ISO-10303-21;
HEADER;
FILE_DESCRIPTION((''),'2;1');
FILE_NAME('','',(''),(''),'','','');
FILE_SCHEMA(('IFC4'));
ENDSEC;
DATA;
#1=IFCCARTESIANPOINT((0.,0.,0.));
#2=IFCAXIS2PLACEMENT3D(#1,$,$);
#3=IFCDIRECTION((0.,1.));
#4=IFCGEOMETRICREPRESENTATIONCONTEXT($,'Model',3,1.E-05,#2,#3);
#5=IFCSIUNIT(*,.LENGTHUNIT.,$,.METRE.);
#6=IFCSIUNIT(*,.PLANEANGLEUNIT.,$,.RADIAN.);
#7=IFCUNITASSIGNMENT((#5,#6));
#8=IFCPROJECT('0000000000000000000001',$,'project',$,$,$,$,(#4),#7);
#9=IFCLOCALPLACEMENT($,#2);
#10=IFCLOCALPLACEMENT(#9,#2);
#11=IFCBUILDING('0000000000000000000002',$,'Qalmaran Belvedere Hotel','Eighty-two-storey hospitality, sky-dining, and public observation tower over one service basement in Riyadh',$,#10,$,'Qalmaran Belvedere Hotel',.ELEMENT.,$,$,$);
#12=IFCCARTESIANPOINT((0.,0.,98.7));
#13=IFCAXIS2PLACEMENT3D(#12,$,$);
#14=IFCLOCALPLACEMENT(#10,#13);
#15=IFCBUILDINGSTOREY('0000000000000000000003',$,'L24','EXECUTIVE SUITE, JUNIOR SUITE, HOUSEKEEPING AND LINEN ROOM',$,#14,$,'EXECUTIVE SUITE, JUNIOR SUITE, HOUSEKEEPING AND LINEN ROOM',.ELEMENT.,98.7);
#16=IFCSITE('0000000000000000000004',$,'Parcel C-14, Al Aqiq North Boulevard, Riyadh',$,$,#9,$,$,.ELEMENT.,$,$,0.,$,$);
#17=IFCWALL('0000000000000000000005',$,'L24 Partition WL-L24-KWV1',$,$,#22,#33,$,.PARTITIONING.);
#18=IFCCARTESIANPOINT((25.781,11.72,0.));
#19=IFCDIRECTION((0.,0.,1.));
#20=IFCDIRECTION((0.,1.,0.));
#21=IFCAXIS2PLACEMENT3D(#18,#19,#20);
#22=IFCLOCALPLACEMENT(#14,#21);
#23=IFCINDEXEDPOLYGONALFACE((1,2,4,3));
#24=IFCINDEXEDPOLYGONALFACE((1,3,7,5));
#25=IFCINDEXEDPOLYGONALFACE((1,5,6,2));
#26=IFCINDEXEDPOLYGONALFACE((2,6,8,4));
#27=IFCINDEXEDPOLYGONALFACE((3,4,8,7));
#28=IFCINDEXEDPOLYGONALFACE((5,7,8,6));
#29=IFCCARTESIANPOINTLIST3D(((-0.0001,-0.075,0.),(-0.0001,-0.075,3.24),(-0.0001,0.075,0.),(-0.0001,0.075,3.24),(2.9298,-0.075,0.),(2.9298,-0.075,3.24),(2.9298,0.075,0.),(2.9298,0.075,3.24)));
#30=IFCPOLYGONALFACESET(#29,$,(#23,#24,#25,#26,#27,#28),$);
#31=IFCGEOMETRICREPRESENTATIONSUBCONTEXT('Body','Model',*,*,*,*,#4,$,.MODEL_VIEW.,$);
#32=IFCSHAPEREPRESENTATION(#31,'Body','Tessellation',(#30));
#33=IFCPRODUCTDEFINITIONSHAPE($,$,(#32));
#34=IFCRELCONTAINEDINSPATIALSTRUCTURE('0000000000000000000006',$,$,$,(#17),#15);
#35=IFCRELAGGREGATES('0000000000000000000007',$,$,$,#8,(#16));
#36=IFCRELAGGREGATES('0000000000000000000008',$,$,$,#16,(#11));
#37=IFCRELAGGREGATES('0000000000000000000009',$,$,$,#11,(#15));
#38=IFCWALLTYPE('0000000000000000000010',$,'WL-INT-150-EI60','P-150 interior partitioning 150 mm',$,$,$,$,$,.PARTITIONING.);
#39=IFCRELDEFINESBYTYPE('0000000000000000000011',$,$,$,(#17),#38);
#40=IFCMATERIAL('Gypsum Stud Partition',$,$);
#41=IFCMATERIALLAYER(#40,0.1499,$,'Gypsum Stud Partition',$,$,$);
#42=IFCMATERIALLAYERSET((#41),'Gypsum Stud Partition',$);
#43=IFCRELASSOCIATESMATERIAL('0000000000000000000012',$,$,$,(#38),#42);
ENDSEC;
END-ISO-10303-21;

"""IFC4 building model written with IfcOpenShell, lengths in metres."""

from ifc_helpers import new_model, si_unit, direction, frame, frame_2d, origin, place, context, subcontext, project, spatial, rectangle, extrude, material, layer, layer_set, type_object, element, save


model = new_model("IFC4")

# Units and contexts
model_context = context("Model", 3, precision=1e-05, world=origin(), true_north=direction((0.0, 1.0)))
body_context = subcontext(model_context, "Body", "Model", "MODEL_VIEW")
ifc_project = project(units=[si_unit("LENGTHUNIT", "METRE"), si_unit("PLANEANGLEUNIT", "RADIAN")], contexts=[model_context])

# Site, building, storey
site_placement = place(None, origin())
site = spatial("IfcSite", under=ifc_project, at=site_placement, Name="Parcel C-14, Al Aqiq North Boulevard, Riyadh", CompositionType="ELEMENT", RefElevation=0.0)
building_placement = place(site_placement, origin())
building = spatial("IfcBuilding", under=site, at=building_placement, Name="Qalmaran Belvedere Hotel", Description="Eighty-two-storey hospitality, sky-dining, and public observation tower over one service basement in Riyadh", LongName="Qalmaran Belvedere Hotel", CompositionType="ELEMENT")
storey_placement = place(building_placement, frame((0.0, 0.0, 98.7)))
storey = spatial("IfcBuildingStorey", under=building, at=storey_placement, Name="L24", Description="EXECUTIVE SUITE, JUNIOR SUITE, HOUSEKEEPING AND LINEN ROOM", LongName="EXECUTIVE SUITE, JUNIOR SUITE, HOUSEKEEPING AND LINEN ROOM", CompositionType="ELEMENT", Elevation=98.7)

# Wall
ifc_material_1 = material(Name="Gypsum Stud Partition")
ifc_layer_1 = layer(ifc_material_1, 0.1499, Name="Gypsum Stud Partition")
ifc_layer_set_1 = layer_set([ifc_layer_1], Name="Gypsum Stud Partition")
wall_type_1 = type_object("IfcWallType", Name="WL-INT-150-EI60", Description="P-150 interior partitioning 150 mm", PredefinedType="PARTITIONING", material=ifc_layer_set_1)
wall_1_placement = place(storey_placement, frame((25.781, 11.72, 0.0), z_axis=(0.0, 0.0, 1.0), x_axis=(0.0, 1.0, 0.0)))
element("IfcWall", 1, at=wall_1_placement, inside=storey, type_object=wall_type_1, Name="L24 Partition WL-L24-KWV1", PredefinedType="PARTITIONING", context=body_context, shape_type="SweptSolid", body=[
    extrude(rectangle(XDim=2.9299, YDim=0.1499, at=frame_2d((1.4648, 0.0))), origin(), (0.0, 0.0, 1.0), 3.24),
])

save(model, "model.ifc")
